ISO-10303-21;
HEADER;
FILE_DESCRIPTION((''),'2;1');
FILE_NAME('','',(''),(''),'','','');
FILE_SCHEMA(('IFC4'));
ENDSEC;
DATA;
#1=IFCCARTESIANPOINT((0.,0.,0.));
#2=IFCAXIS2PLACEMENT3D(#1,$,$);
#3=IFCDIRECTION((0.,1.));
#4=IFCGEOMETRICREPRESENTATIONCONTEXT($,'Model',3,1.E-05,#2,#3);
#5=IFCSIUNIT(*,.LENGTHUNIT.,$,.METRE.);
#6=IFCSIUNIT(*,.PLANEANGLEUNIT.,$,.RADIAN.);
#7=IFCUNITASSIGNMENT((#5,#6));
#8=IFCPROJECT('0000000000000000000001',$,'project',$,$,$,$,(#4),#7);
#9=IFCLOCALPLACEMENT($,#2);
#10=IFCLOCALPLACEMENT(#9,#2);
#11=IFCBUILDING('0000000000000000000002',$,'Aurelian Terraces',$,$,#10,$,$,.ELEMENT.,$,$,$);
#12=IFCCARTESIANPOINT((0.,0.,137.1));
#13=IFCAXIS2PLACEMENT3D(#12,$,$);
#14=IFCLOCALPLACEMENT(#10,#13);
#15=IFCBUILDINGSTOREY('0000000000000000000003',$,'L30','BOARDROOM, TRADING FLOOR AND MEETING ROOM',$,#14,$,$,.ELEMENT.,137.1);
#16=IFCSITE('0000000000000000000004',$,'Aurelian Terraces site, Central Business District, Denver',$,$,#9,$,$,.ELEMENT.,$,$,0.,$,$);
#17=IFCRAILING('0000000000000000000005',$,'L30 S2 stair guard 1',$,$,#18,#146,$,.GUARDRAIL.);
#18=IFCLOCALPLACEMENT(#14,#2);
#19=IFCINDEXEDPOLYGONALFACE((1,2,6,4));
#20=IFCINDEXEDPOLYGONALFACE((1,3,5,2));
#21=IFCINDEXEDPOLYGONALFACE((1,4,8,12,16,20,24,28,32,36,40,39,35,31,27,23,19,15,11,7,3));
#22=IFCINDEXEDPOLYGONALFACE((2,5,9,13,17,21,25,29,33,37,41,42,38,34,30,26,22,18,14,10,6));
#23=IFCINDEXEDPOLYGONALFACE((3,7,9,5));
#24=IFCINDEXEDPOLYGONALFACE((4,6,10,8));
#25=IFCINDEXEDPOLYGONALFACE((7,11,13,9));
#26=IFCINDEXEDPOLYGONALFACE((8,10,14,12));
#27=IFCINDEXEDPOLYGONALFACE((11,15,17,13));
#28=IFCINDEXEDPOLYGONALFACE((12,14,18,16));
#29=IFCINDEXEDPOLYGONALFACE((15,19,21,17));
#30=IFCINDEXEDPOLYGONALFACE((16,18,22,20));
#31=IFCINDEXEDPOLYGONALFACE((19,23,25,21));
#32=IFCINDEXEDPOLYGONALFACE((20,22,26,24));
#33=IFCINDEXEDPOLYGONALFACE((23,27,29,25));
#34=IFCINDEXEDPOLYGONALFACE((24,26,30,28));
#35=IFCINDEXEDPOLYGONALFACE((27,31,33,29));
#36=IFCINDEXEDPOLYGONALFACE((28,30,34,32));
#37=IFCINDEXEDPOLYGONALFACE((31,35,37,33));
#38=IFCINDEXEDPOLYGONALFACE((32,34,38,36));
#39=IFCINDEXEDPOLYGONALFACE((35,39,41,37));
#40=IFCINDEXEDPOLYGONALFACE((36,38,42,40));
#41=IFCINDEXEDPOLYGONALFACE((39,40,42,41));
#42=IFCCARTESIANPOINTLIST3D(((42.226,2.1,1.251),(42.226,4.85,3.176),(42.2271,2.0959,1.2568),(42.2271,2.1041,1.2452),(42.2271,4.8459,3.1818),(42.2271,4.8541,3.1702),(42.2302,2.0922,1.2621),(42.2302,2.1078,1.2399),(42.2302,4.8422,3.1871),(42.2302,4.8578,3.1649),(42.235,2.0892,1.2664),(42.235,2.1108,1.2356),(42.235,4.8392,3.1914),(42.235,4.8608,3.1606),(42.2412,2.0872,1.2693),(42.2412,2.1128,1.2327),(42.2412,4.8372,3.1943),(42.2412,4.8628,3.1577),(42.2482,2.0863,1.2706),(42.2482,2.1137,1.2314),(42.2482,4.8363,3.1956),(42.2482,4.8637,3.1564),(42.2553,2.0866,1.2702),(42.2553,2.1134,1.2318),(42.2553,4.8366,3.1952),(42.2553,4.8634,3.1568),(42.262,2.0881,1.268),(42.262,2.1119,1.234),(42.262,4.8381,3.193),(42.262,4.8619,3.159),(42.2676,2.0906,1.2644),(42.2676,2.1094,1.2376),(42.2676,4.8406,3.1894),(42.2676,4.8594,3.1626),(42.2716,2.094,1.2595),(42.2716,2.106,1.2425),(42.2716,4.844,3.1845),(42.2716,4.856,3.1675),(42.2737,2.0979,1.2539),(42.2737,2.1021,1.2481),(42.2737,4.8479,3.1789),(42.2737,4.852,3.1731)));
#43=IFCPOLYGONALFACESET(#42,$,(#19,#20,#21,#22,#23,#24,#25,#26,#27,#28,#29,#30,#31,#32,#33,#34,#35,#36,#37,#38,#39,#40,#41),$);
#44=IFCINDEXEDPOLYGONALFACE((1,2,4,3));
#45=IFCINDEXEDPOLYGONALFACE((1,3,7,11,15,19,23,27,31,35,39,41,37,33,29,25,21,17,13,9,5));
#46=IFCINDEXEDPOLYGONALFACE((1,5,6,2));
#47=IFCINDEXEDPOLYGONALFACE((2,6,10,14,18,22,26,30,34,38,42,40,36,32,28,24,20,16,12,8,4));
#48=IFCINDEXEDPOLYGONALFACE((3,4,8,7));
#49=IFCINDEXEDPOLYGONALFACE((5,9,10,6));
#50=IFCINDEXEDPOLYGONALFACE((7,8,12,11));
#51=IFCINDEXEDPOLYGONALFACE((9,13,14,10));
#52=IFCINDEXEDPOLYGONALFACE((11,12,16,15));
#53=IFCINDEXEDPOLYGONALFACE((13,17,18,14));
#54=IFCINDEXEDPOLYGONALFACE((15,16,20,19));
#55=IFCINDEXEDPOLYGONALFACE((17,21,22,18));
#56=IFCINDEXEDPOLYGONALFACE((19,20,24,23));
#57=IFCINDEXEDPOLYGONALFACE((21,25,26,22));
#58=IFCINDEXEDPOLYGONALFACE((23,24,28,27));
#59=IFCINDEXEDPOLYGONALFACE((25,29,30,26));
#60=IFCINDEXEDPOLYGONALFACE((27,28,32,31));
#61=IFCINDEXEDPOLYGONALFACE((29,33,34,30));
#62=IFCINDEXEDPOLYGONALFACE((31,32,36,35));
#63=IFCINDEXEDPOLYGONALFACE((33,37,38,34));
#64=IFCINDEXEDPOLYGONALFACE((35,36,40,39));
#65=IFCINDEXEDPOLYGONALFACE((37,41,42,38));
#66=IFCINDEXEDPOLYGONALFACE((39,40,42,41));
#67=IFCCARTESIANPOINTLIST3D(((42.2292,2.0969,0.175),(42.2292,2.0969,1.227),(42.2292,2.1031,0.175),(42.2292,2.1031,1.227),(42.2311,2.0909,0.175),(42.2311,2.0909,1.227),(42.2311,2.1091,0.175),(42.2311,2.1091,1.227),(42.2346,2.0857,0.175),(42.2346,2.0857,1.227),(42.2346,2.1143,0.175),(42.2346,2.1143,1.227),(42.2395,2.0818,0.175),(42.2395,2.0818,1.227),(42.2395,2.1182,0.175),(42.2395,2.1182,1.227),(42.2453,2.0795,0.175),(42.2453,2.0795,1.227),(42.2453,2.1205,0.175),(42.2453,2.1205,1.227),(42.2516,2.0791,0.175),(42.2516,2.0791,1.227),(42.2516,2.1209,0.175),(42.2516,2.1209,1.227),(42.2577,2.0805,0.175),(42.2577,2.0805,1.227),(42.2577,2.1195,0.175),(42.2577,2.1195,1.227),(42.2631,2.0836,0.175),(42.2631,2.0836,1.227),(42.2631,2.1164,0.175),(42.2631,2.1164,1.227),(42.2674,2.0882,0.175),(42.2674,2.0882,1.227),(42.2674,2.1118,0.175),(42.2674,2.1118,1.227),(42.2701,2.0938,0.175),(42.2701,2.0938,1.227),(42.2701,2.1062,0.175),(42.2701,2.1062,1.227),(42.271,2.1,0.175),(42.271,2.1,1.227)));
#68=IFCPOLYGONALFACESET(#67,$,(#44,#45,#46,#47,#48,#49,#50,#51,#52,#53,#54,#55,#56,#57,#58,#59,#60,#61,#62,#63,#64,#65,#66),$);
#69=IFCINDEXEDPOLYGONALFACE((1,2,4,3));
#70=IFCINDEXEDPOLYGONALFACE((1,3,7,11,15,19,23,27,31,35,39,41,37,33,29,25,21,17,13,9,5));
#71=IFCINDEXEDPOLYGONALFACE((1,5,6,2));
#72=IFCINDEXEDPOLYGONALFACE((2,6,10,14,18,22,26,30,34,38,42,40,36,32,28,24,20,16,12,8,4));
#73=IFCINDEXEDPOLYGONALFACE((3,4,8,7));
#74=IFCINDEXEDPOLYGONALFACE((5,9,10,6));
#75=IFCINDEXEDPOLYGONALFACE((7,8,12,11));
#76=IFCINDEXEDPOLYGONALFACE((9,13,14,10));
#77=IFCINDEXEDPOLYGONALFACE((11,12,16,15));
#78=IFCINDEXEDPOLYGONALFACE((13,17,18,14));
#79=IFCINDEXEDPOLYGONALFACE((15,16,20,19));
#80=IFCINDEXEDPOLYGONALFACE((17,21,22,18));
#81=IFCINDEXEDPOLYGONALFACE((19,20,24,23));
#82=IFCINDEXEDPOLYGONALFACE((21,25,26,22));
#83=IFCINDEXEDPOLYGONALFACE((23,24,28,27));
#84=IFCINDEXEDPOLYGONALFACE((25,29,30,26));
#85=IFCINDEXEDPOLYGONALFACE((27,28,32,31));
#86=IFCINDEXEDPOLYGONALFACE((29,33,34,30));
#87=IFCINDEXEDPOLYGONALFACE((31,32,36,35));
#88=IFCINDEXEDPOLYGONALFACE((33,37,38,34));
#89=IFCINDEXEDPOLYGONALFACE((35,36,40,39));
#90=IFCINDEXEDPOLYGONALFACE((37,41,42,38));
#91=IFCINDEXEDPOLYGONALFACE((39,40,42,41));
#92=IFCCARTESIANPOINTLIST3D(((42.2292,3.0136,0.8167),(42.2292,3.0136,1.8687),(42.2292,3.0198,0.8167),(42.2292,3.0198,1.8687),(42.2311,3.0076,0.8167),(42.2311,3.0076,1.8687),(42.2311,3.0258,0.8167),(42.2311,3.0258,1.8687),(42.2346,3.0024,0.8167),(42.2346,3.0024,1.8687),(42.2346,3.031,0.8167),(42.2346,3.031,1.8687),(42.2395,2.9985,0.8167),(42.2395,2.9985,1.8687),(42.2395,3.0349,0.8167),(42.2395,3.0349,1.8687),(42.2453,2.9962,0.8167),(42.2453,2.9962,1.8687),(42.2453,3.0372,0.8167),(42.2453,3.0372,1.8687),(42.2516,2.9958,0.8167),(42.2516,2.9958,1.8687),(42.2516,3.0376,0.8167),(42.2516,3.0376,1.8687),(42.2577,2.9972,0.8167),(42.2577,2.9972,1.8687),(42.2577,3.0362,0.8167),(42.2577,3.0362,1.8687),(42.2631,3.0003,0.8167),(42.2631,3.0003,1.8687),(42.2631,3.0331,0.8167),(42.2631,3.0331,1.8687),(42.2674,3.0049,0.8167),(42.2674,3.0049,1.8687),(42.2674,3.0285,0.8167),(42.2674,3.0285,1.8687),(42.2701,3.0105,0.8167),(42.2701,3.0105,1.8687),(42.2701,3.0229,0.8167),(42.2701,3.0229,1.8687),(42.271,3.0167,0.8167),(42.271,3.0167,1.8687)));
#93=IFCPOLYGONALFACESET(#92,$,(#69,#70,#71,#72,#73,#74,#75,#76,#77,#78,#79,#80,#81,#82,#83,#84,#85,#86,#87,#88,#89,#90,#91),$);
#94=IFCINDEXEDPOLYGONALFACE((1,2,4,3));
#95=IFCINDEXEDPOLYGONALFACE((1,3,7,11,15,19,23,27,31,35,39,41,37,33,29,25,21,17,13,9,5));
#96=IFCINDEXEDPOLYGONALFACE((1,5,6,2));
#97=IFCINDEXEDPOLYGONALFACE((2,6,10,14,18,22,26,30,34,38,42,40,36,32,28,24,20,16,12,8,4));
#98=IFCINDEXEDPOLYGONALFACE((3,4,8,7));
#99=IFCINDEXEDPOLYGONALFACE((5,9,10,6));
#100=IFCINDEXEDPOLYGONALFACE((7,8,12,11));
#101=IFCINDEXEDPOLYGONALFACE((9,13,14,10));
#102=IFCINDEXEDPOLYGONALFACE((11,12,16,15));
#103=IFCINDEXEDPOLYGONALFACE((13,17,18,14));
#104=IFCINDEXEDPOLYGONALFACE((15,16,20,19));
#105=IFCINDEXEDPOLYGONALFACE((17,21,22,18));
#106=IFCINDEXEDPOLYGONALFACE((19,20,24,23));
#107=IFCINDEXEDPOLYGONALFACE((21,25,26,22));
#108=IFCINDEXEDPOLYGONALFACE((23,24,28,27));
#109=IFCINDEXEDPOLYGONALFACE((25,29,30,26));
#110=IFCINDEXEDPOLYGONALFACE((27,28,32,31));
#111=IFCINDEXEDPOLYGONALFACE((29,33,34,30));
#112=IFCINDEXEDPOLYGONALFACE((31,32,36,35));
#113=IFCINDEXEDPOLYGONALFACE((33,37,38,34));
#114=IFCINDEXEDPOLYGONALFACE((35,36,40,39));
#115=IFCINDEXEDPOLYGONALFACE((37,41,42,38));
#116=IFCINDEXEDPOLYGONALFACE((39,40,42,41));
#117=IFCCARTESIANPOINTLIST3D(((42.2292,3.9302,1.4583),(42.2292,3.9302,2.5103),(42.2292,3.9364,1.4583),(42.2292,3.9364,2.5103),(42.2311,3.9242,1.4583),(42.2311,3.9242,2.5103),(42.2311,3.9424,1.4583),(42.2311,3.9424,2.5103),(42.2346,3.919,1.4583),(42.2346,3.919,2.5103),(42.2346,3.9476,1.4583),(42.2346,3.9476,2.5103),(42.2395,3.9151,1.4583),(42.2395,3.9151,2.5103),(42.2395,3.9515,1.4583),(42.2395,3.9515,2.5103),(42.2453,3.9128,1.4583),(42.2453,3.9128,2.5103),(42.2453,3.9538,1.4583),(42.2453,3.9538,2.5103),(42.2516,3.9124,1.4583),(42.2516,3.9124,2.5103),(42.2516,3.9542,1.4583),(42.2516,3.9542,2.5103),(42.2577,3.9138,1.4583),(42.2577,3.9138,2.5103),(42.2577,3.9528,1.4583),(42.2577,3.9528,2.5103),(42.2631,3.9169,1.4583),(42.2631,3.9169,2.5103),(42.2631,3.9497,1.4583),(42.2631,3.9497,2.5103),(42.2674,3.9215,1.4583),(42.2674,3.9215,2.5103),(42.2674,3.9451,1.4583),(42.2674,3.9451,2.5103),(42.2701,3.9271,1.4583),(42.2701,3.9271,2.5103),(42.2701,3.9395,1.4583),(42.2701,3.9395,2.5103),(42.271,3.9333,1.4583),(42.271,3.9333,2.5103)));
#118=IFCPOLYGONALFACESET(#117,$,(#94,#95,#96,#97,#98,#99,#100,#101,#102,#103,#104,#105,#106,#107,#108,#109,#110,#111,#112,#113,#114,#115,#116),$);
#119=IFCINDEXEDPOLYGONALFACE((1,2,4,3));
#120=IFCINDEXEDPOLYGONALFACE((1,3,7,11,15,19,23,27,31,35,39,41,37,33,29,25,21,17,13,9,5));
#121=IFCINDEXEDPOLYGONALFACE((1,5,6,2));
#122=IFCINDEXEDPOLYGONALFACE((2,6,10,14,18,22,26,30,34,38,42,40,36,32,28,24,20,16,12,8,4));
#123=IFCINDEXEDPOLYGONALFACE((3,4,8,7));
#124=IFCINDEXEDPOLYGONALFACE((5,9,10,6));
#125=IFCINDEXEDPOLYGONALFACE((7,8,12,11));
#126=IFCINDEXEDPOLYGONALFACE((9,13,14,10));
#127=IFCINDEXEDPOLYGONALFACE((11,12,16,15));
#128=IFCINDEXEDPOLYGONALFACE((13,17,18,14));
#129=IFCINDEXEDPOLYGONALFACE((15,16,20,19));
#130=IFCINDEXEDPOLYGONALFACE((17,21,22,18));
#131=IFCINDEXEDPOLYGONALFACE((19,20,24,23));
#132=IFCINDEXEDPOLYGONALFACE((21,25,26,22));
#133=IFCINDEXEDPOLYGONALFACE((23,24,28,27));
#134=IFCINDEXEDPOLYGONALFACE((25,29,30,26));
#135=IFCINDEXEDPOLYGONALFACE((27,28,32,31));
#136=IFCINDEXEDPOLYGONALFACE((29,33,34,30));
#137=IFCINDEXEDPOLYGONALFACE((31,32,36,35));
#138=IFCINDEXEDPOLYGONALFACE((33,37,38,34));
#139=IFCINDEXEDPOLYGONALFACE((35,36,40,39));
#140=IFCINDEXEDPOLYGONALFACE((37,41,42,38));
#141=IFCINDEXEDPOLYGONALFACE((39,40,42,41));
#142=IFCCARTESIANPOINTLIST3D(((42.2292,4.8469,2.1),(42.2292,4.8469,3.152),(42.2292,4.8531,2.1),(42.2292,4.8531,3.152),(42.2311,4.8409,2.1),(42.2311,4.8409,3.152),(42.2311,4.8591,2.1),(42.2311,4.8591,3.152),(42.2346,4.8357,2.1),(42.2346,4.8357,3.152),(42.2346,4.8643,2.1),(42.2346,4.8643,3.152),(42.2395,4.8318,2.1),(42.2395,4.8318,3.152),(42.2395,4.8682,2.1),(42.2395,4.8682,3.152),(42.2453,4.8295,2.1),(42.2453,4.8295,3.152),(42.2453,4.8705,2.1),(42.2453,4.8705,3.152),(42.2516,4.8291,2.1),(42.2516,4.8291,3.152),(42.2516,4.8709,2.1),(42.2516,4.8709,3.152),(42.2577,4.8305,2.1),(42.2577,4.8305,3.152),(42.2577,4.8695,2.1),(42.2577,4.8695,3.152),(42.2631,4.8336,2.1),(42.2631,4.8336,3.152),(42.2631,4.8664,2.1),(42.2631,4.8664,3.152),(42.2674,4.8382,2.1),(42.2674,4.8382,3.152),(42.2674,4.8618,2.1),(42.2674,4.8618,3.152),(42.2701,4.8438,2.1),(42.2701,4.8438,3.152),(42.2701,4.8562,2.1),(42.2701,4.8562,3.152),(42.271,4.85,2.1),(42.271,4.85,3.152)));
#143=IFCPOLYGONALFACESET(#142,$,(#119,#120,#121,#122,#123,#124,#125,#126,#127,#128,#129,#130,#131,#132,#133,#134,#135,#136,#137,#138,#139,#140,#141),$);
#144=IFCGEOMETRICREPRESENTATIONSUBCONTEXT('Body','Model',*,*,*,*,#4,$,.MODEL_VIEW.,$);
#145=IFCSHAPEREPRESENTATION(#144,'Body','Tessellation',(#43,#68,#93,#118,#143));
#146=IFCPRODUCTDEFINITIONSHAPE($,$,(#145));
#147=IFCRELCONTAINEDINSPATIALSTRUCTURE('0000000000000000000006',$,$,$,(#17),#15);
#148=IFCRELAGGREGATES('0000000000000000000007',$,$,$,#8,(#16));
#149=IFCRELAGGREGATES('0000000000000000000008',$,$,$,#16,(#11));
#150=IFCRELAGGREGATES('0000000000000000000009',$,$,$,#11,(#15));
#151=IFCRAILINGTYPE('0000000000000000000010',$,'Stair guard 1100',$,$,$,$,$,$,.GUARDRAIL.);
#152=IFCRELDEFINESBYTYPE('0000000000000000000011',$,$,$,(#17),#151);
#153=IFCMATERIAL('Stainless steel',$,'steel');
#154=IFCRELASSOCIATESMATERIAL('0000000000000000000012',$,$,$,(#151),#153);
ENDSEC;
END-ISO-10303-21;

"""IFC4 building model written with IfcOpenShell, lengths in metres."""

from ifc_helpers import new_model, si_unit, direction, frame, origin, origin_2d, place, context, subcontext, project, spatial, circle, extrude, source, transform, mapped, material, type_object, element, save


model = new_model("IFC4")

# Units and contexts
model_context = context("Model", 3, precision=1e-05, world=origin(), true_north=direction((0.0, 1.0)))
body_context = subcontext(model_context, "Body", "Model", "MODEL_VIEW")
ifc_project = project(units=[si_unit("LENGTHUNIT", "METRE"), si_unit("PLANEANGLEUNIT", "RADIAN")], contexts=[model_context])

# Site, building, storey
site_placement = place(None, origin())
site = spatial("IfcSite", under=ifc_project, at=site_placement, Name="Aurelian Terraces site, Central Business District, Denver", CompositionType="ELEMENT", RefElevation=0.0)
building_placement = place(site_placement, origin())
building = spatial("IfcBuilding", under=site, at=building_placement, Name="Aurelian Terraces", CompositionType="ELEMENT")
storey_placement = place(building_placement, frame((0.0, 0.0, 137.1)))
storey = spatial("IfcBuildingStorey", under=building, at=storey_placement, Name="L30", Description="BOARDROOM, TRADING FLOOR AND MEETING ROOM", CompositionType="ELEMENT", Elevation=137.1)

# Railing
ifc_material_1 = material(Name="Stainless steel", Category="steel")
railing_type_1 = type_object("IfcRailingType", Name="Stair guard 1100", PredefinedType="GUARDRAIL", material=ifc_material_1)
shared_shape_1 = source(origin(), body_context, "Body", "SweptSolid", [
    extrude(circle(Radius=0.024, at=origin_2d()), frame((0.0, 0.0, 1.076), z_axis=(0.0, 0.819232, 0.573462), x_axis=(-1.0, 0.0, 0.0)), (0.0, 0.0, 1.0), 3.3568),
    extrude(circle(Radius=0.021, at=origin_2d()), origin(), (0.0, 0.0, 1.0), 1.052),
    extrude(circle(Radius=0.021, at=origin_2d()), frame((0.0, 0.9167, 0.6417)), (0.0, 0.0, 1.0), 1.052),
    extrude(circle(Radius=0.021, at=origin_2d()), frame((0.0, 1.8333, 1.2833)), (0.0, 0.0, 1.0), 1.052),
    extrude(circle(Radius=0.021, at=origin_2d()), frame((0.0, 2.75, 1.925)), (0.0, 0.0, 1.0), 1.052),
])
railing_1_placement = place(storey_placement, frame((42.25, 2.1, 0.175)))
element("IfcRailing", 1, at=railing_1_placement, inside=storey, type_object=railing_type_1, Name="L30 S2 stair guard 1", PredefinedType="GUARDRAIL", context=body_context, shape_type="MappedRepresentation", body=[
    mapped(shared_shape_1, transform((0.0, 0.0, 0.0), scale=1.0)),
])

save(model, "model.ifc")
